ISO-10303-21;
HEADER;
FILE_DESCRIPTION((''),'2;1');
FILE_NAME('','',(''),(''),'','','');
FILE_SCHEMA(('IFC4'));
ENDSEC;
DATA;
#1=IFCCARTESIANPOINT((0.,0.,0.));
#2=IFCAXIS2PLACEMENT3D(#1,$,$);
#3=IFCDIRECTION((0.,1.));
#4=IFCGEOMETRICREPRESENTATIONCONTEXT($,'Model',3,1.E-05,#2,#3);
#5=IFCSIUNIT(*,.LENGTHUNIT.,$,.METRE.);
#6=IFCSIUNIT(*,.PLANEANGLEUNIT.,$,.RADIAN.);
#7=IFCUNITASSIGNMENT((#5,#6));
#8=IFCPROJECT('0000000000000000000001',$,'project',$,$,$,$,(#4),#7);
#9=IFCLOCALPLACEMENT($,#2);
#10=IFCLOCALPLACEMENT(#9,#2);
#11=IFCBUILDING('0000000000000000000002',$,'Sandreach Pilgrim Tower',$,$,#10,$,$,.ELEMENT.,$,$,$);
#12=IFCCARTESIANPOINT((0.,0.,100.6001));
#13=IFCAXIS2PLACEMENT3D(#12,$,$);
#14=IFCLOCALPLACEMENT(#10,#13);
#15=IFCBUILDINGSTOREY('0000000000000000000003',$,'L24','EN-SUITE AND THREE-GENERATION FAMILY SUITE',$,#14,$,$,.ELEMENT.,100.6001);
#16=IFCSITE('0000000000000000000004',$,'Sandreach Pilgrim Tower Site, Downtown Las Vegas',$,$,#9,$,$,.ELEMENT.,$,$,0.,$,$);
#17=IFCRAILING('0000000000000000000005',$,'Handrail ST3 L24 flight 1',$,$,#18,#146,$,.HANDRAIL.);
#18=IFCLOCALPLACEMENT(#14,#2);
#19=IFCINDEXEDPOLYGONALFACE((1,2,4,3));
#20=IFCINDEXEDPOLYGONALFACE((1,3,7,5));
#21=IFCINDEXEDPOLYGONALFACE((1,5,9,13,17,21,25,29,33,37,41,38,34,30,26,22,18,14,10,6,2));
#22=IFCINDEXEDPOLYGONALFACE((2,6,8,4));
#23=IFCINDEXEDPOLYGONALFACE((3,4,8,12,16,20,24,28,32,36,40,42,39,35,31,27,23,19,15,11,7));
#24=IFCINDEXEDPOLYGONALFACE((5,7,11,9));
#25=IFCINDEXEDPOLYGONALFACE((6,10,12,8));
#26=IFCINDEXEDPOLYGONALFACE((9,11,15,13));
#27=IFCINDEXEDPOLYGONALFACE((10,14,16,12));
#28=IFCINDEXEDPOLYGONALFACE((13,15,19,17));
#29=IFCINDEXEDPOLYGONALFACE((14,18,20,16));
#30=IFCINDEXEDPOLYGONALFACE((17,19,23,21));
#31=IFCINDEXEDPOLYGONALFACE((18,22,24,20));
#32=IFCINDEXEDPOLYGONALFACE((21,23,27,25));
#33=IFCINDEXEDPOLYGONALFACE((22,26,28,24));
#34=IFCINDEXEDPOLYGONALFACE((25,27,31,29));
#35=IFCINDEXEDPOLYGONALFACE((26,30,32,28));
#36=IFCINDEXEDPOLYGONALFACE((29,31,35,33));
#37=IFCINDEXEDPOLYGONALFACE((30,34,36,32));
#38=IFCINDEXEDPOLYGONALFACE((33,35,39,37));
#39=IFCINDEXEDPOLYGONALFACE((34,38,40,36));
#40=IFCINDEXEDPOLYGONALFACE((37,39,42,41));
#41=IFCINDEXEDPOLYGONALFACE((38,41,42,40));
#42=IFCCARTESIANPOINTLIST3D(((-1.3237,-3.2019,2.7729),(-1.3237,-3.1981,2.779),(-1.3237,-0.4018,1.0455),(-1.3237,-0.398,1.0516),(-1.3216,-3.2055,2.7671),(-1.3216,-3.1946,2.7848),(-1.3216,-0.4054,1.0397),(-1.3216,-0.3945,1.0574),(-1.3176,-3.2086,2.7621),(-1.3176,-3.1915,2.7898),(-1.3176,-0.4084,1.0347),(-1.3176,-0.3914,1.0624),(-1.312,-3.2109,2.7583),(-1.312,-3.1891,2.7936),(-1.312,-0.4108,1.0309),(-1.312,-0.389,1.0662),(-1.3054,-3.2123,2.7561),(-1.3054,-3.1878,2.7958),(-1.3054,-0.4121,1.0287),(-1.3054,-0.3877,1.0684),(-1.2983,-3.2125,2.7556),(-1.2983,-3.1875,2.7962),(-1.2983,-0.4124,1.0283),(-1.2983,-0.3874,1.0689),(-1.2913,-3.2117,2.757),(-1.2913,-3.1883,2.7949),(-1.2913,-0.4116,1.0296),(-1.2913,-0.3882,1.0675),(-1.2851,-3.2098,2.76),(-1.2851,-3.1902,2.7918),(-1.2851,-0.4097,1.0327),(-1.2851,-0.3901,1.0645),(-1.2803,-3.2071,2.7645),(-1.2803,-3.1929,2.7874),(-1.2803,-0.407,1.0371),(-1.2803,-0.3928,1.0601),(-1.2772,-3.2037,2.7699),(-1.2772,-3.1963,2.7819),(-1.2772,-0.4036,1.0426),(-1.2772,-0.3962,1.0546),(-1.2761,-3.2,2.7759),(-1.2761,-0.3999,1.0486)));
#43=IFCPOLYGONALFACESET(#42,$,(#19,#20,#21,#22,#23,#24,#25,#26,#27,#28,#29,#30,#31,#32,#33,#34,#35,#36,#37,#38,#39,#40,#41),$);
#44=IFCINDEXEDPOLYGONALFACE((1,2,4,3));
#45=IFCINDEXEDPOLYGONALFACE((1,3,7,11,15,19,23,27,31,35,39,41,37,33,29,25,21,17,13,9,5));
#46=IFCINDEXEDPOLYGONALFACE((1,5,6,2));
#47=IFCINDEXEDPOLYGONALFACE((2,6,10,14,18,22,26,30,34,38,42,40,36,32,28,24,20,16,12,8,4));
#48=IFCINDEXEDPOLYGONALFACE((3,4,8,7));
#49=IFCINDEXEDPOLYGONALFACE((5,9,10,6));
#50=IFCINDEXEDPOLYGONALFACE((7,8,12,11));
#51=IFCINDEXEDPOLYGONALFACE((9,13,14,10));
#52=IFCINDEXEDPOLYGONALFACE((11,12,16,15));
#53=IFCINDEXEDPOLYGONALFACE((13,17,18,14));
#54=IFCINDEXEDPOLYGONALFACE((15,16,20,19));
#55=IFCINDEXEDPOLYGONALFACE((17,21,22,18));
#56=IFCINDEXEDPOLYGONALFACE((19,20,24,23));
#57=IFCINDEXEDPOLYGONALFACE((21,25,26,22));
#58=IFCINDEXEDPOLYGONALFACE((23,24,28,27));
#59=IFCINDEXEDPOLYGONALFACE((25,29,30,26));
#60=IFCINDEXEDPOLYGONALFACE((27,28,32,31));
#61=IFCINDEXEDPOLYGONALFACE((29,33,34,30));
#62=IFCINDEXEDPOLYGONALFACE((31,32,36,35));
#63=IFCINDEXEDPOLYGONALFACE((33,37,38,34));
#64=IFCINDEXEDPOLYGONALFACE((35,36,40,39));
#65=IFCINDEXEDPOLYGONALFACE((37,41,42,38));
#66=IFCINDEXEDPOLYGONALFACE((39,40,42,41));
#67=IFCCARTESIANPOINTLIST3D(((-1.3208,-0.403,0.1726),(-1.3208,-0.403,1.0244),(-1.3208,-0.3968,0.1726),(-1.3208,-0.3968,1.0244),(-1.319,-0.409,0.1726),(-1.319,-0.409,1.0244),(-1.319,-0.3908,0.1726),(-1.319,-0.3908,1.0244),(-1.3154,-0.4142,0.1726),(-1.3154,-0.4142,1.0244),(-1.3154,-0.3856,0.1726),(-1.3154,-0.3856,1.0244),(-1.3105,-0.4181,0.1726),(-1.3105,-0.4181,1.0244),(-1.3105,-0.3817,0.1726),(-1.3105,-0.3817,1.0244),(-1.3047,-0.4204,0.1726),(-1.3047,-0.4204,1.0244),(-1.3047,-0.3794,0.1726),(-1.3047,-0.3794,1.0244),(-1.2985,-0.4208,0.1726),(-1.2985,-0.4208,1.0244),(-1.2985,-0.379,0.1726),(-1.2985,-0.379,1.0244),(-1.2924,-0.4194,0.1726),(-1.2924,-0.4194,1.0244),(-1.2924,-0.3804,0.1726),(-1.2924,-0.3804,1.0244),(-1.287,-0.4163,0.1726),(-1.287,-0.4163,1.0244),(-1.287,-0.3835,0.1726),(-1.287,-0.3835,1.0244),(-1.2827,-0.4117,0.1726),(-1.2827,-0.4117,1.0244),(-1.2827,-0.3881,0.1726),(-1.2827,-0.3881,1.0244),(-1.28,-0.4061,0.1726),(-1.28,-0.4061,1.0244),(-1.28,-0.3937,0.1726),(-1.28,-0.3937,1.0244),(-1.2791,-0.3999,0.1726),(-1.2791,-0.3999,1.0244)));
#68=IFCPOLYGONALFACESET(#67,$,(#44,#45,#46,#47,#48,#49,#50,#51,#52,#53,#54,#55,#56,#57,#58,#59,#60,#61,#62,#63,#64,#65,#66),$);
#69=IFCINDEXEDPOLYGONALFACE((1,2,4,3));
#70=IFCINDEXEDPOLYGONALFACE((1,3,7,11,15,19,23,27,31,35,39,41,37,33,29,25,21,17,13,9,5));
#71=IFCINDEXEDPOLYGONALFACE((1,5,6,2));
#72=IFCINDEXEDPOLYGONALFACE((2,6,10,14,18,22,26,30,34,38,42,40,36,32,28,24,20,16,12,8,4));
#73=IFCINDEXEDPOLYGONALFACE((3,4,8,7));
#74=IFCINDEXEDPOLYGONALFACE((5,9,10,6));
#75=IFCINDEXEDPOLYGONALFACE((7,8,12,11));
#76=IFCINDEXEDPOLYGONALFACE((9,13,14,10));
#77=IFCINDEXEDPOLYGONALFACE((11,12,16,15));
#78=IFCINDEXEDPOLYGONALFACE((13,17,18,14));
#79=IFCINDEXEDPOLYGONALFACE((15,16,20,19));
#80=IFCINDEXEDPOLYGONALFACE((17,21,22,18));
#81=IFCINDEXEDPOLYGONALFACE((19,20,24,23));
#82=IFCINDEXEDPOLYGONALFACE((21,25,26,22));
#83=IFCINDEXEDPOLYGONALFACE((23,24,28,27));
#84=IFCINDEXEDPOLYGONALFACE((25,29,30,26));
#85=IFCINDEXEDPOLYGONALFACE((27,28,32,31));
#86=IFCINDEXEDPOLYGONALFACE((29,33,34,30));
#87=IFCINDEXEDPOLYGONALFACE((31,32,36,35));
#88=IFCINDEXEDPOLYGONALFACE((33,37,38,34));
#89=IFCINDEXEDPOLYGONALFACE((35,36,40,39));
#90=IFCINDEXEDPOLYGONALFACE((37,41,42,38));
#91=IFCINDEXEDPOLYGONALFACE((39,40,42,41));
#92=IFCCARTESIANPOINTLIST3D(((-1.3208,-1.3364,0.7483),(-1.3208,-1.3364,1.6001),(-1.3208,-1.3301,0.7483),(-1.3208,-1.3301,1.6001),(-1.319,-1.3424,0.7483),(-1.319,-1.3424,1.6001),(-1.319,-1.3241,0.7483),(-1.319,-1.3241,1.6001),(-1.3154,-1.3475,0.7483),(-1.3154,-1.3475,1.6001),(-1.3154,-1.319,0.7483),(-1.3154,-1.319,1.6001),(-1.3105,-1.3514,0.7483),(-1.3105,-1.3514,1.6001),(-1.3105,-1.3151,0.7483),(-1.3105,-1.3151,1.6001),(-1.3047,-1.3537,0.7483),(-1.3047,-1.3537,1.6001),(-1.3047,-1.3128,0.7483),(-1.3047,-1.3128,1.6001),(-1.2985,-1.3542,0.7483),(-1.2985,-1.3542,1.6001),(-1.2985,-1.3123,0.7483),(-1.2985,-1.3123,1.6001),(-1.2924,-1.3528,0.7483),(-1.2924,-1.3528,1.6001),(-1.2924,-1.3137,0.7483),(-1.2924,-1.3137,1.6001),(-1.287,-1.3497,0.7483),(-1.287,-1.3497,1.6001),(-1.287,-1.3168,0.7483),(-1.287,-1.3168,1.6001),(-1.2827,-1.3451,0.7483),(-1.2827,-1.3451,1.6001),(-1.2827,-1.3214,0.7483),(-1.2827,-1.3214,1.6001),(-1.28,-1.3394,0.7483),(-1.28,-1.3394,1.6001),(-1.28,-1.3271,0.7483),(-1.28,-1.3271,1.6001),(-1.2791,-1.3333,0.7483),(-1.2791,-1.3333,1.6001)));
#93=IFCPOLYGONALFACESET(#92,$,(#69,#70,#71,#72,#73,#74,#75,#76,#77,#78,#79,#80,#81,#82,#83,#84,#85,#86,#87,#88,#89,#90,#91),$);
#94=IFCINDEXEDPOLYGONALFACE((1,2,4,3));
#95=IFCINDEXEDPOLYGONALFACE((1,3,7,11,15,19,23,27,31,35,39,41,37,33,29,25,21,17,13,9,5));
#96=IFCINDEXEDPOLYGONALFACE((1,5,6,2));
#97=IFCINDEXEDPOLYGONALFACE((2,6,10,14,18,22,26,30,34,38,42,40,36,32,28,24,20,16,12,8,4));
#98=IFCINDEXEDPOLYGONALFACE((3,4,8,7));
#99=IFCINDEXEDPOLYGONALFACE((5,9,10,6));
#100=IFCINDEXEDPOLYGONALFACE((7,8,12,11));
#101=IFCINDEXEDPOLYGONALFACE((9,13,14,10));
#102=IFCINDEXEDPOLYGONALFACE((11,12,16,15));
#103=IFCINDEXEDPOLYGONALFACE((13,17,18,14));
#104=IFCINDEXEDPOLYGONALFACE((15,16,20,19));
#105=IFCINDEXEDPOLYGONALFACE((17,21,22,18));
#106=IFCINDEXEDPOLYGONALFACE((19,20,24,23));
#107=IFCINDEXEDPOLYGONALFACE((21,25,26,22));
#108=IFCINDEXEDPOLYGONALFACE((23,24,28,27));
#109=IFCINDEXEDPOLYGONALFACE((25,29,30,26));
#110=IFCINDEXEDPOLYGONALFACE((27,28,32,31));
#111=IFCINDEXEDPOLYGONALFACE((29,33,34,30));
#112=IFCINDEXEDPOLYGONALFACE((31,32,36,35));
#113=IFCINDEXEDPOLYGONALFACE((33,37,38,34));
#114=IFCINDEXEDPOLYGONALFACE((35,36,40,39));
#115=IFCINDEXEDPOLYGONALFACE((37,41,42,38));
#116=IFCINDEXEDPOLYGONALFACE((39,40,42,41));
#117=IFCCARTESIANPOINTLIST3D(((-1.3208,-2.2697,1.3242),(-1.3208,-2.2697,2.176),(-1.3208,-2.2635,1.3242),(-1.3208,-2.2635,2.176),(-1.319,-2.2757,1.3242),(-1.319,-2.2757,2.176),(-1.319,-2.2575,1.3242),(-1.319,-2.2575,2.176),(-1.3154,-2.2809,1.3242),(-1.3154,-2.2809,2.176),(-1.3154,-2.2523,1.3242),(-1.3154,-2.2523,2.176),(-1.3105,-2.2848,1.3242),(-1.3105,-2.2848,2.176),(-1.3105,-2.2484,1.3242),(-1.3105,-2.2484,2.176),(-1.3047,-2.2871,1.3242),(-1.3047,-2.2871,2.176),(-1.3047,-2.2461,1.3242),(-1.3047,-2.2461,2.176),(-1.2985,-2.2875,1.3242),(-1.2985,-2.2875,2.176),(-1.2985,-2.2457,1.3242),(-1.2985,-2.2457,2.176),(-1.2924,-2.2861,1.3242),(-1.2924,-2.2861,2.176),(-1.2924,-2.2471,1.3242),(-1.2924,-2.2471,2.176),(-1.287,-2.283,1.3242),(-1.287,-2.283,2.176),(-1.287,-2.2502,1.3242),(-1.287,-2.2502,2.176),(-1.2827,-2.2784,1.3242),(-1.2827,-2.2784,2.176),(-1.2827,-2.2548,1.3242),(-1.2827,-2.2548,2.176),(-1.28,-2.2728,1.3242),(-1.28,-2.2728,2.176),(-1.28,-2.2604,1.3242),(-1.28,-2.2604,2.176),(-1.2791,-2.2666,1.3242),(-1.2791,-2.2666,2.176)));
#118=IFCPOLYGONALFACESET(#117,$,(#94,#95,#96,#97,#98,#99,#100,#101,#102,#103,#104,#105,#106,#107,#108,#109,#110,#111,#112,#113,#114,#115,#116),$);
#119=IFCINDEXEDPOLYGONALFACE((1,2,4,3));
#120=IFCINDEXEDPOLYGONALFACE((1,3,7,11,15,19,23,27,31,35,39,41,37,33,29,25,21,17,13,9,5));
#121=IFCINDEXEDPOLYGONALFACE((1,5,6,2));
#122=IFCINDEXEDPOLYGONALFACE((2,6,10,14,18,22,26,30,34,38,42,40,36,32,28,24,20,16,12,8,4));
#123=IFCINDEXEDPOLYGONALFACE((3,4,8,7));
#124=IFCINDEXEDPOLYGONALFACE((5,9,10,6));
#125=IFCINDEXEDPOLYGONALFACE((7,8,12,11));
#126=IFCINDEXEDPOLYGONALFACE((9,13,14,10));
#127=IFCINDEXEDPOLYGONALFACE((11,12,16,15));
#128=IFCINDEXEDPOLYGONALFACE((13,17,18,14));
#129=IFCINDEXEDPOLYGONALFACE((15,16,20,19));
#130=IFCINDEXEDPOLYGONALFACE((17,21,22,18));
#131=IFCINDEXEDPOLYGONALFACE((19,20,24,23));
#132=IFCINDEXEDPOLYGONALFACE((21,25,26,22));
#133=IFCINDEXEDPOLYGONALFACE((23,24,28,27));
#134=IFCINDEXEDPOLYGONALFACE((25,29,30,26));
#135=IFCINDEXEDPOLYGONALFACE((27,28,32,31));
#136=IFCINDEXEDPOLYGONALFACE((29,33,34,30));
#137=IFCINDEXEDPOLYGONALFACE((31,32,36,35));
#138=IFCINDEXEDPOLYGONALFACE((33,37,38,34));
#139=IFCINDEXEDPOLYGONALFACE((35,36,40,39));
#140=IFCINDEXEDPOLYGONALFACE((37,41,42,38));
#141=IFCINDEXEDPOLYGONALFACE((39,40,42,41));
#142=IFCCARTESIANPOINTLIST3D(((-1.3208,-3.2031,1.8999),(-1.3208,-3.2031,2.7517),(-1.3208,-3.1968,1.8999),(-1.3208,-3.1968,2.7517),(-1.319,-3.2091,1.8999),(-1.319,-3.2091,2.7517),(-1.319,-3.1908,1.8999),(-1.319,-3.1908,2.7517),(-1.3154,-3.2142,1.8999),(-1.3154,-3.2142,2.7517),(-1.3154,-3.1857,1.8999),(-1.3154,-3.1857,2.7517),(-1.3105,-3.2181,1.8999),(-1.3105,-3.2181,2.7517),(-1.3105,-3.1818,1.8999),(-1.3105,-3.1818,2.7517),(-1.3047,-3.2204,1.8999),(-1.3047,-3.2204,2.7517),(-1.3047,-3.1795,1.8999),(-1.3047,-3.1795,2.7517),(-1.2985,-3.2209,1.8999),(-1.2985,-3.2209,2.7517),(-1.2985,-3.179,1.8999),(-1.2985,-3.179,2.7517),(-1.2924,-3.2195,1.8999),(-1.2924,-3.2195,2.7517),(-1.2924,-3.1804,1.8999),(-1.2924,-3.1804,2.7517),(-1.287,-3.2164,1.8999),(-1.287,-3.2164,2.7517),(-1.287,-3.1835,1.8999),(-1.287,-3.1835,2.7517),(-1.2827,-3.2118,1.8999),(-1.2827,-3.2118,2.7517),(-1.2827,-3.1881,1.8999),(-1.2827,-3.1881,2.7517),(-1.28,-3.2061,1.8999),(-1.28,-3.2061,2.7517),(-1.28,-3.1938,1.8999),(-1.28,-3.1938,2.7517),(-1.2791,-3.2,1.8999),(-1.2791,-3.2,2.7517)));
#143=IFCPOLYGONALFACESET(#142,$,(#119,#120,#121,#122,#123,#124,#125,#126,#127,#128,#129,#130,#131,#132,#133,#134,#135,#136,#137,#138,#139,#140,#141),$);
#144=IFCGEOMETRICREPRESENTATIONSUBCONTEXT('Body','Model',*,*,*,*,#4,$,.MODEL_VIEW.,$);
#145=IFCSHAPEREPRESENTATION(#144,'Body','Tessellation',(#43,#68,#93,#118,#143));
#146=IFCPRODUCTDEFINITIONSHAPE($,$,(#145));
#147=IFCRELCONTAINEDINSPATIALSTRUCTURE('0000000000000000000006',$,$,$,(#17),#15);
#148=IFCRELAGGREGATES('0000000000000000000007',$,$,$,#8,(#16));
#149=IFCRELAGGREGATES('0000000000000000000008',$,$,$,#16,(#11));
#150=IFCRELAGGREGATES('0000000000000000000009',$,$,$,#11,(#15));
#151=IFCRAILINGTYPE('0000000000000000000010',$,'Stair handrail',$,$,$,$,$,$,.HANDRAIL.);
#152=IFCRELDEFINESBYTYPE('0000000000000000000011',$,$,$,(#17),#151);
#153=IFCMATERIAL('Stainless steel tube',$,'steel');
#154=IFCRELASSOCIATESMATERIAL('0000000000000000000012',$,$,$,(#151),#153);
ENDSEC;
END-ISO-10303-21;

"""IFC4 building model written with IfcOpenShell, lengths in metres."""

from ifc_helpers import new_model, si_unit, direction, frame, origin, origin_2d, place, context, subcontext, project, spatial, circle, extrude, material, type_object, element, save


model = new_model("IFC4")

# Units and contexts
model_context = context("Model", 3, precision=1e-05, world=origin(), true_north=direction((0.0, 1.0)))
body_context = subcontext(model_context, "Body", "Model", "MODEL_VIEW")
ifc_project = project(units=[si_unit("LENGTHUNIT", "METRE"), si_unit("PLANEANGLEUNIT", "RADIAN")], contexts=[model_context])

# Site, building, storey
site_placement = place(None, origin())
site = spatial("IfcSite", under=ifc_project, at=site_placement, Name="Sandreach Pilgrim Tower Site, Downtown Las Vegas", CompositionType="ELEMENT", RefElevation=0.0)
building_placement = place(site_placement, origin())
building = spatial("IfcBuilding", under=site, at=building_placement, Name="Sandreach Pilgrim Tower", CompositionType="ELEMENT")
storey_placement = place(building_placement, frame((0.0, 0.0, 100.6001)))
storey = spatial("IfcBuildingStorey", under=building, at=storey_placement, Name="L24", Description="EN-SUITE AND THREE-GENERATION FAMILY SUITE", CompositionType="ELEMENT", Elevation=100.6001)

# Railing
ifc_material_1 = material(Name="Stainless steel tube", Category="steel")
railing_type = type_object("IfcRailingType", Name="Stair handrail", PredefinedType="HANDRAIL", material=ifc_material_1)
for number, where, name in (
    (1, (-1.3, -0.3999, 0.1726), "Handrail ST3 L24 flight 1"),
):
    element("IfcRailing", number, at=place(storey_placement, frame(where)), inside=storey, type_object=railing_type, Name=name, PredefinedType="HANDRAIL", context=body_context, shape_type="SweptSolid", body=[
        extrude(circle(Radius=0.0239, at=origin_2d()), frame((0.0, 0.0, 0.876), z_axis=(0.0, -0.85109, 0.52502), x_axis=(1.0, 0.0, 0.0)), (0.0, 0.0, 1.0), 3.29),
        extrude(circle(Radius=0.021, at=origin_2d()), origin(), (0.0, 0.0, 1.0), 0.8518),
        extrude(circle(Radius=0.021, at=origin_2d()), frame((0.0, -0.9333, 0.5757)), (0.0, 0.0, 1.0), 0.8518),
        extrude(circle(Radius=0.021, at=origin_2d()), frame((0.0, -1.8667, 1.1516)), (0.0, 0.0, 1.0), 0.8518),
        extrude(circle(Radius=0.021, at=origin_2d()), frame((0.0, -2.8, 1.7273)), (0.0, 0.0, 1.0), 0.8518),
    ])

save(model, "model.ifc")
